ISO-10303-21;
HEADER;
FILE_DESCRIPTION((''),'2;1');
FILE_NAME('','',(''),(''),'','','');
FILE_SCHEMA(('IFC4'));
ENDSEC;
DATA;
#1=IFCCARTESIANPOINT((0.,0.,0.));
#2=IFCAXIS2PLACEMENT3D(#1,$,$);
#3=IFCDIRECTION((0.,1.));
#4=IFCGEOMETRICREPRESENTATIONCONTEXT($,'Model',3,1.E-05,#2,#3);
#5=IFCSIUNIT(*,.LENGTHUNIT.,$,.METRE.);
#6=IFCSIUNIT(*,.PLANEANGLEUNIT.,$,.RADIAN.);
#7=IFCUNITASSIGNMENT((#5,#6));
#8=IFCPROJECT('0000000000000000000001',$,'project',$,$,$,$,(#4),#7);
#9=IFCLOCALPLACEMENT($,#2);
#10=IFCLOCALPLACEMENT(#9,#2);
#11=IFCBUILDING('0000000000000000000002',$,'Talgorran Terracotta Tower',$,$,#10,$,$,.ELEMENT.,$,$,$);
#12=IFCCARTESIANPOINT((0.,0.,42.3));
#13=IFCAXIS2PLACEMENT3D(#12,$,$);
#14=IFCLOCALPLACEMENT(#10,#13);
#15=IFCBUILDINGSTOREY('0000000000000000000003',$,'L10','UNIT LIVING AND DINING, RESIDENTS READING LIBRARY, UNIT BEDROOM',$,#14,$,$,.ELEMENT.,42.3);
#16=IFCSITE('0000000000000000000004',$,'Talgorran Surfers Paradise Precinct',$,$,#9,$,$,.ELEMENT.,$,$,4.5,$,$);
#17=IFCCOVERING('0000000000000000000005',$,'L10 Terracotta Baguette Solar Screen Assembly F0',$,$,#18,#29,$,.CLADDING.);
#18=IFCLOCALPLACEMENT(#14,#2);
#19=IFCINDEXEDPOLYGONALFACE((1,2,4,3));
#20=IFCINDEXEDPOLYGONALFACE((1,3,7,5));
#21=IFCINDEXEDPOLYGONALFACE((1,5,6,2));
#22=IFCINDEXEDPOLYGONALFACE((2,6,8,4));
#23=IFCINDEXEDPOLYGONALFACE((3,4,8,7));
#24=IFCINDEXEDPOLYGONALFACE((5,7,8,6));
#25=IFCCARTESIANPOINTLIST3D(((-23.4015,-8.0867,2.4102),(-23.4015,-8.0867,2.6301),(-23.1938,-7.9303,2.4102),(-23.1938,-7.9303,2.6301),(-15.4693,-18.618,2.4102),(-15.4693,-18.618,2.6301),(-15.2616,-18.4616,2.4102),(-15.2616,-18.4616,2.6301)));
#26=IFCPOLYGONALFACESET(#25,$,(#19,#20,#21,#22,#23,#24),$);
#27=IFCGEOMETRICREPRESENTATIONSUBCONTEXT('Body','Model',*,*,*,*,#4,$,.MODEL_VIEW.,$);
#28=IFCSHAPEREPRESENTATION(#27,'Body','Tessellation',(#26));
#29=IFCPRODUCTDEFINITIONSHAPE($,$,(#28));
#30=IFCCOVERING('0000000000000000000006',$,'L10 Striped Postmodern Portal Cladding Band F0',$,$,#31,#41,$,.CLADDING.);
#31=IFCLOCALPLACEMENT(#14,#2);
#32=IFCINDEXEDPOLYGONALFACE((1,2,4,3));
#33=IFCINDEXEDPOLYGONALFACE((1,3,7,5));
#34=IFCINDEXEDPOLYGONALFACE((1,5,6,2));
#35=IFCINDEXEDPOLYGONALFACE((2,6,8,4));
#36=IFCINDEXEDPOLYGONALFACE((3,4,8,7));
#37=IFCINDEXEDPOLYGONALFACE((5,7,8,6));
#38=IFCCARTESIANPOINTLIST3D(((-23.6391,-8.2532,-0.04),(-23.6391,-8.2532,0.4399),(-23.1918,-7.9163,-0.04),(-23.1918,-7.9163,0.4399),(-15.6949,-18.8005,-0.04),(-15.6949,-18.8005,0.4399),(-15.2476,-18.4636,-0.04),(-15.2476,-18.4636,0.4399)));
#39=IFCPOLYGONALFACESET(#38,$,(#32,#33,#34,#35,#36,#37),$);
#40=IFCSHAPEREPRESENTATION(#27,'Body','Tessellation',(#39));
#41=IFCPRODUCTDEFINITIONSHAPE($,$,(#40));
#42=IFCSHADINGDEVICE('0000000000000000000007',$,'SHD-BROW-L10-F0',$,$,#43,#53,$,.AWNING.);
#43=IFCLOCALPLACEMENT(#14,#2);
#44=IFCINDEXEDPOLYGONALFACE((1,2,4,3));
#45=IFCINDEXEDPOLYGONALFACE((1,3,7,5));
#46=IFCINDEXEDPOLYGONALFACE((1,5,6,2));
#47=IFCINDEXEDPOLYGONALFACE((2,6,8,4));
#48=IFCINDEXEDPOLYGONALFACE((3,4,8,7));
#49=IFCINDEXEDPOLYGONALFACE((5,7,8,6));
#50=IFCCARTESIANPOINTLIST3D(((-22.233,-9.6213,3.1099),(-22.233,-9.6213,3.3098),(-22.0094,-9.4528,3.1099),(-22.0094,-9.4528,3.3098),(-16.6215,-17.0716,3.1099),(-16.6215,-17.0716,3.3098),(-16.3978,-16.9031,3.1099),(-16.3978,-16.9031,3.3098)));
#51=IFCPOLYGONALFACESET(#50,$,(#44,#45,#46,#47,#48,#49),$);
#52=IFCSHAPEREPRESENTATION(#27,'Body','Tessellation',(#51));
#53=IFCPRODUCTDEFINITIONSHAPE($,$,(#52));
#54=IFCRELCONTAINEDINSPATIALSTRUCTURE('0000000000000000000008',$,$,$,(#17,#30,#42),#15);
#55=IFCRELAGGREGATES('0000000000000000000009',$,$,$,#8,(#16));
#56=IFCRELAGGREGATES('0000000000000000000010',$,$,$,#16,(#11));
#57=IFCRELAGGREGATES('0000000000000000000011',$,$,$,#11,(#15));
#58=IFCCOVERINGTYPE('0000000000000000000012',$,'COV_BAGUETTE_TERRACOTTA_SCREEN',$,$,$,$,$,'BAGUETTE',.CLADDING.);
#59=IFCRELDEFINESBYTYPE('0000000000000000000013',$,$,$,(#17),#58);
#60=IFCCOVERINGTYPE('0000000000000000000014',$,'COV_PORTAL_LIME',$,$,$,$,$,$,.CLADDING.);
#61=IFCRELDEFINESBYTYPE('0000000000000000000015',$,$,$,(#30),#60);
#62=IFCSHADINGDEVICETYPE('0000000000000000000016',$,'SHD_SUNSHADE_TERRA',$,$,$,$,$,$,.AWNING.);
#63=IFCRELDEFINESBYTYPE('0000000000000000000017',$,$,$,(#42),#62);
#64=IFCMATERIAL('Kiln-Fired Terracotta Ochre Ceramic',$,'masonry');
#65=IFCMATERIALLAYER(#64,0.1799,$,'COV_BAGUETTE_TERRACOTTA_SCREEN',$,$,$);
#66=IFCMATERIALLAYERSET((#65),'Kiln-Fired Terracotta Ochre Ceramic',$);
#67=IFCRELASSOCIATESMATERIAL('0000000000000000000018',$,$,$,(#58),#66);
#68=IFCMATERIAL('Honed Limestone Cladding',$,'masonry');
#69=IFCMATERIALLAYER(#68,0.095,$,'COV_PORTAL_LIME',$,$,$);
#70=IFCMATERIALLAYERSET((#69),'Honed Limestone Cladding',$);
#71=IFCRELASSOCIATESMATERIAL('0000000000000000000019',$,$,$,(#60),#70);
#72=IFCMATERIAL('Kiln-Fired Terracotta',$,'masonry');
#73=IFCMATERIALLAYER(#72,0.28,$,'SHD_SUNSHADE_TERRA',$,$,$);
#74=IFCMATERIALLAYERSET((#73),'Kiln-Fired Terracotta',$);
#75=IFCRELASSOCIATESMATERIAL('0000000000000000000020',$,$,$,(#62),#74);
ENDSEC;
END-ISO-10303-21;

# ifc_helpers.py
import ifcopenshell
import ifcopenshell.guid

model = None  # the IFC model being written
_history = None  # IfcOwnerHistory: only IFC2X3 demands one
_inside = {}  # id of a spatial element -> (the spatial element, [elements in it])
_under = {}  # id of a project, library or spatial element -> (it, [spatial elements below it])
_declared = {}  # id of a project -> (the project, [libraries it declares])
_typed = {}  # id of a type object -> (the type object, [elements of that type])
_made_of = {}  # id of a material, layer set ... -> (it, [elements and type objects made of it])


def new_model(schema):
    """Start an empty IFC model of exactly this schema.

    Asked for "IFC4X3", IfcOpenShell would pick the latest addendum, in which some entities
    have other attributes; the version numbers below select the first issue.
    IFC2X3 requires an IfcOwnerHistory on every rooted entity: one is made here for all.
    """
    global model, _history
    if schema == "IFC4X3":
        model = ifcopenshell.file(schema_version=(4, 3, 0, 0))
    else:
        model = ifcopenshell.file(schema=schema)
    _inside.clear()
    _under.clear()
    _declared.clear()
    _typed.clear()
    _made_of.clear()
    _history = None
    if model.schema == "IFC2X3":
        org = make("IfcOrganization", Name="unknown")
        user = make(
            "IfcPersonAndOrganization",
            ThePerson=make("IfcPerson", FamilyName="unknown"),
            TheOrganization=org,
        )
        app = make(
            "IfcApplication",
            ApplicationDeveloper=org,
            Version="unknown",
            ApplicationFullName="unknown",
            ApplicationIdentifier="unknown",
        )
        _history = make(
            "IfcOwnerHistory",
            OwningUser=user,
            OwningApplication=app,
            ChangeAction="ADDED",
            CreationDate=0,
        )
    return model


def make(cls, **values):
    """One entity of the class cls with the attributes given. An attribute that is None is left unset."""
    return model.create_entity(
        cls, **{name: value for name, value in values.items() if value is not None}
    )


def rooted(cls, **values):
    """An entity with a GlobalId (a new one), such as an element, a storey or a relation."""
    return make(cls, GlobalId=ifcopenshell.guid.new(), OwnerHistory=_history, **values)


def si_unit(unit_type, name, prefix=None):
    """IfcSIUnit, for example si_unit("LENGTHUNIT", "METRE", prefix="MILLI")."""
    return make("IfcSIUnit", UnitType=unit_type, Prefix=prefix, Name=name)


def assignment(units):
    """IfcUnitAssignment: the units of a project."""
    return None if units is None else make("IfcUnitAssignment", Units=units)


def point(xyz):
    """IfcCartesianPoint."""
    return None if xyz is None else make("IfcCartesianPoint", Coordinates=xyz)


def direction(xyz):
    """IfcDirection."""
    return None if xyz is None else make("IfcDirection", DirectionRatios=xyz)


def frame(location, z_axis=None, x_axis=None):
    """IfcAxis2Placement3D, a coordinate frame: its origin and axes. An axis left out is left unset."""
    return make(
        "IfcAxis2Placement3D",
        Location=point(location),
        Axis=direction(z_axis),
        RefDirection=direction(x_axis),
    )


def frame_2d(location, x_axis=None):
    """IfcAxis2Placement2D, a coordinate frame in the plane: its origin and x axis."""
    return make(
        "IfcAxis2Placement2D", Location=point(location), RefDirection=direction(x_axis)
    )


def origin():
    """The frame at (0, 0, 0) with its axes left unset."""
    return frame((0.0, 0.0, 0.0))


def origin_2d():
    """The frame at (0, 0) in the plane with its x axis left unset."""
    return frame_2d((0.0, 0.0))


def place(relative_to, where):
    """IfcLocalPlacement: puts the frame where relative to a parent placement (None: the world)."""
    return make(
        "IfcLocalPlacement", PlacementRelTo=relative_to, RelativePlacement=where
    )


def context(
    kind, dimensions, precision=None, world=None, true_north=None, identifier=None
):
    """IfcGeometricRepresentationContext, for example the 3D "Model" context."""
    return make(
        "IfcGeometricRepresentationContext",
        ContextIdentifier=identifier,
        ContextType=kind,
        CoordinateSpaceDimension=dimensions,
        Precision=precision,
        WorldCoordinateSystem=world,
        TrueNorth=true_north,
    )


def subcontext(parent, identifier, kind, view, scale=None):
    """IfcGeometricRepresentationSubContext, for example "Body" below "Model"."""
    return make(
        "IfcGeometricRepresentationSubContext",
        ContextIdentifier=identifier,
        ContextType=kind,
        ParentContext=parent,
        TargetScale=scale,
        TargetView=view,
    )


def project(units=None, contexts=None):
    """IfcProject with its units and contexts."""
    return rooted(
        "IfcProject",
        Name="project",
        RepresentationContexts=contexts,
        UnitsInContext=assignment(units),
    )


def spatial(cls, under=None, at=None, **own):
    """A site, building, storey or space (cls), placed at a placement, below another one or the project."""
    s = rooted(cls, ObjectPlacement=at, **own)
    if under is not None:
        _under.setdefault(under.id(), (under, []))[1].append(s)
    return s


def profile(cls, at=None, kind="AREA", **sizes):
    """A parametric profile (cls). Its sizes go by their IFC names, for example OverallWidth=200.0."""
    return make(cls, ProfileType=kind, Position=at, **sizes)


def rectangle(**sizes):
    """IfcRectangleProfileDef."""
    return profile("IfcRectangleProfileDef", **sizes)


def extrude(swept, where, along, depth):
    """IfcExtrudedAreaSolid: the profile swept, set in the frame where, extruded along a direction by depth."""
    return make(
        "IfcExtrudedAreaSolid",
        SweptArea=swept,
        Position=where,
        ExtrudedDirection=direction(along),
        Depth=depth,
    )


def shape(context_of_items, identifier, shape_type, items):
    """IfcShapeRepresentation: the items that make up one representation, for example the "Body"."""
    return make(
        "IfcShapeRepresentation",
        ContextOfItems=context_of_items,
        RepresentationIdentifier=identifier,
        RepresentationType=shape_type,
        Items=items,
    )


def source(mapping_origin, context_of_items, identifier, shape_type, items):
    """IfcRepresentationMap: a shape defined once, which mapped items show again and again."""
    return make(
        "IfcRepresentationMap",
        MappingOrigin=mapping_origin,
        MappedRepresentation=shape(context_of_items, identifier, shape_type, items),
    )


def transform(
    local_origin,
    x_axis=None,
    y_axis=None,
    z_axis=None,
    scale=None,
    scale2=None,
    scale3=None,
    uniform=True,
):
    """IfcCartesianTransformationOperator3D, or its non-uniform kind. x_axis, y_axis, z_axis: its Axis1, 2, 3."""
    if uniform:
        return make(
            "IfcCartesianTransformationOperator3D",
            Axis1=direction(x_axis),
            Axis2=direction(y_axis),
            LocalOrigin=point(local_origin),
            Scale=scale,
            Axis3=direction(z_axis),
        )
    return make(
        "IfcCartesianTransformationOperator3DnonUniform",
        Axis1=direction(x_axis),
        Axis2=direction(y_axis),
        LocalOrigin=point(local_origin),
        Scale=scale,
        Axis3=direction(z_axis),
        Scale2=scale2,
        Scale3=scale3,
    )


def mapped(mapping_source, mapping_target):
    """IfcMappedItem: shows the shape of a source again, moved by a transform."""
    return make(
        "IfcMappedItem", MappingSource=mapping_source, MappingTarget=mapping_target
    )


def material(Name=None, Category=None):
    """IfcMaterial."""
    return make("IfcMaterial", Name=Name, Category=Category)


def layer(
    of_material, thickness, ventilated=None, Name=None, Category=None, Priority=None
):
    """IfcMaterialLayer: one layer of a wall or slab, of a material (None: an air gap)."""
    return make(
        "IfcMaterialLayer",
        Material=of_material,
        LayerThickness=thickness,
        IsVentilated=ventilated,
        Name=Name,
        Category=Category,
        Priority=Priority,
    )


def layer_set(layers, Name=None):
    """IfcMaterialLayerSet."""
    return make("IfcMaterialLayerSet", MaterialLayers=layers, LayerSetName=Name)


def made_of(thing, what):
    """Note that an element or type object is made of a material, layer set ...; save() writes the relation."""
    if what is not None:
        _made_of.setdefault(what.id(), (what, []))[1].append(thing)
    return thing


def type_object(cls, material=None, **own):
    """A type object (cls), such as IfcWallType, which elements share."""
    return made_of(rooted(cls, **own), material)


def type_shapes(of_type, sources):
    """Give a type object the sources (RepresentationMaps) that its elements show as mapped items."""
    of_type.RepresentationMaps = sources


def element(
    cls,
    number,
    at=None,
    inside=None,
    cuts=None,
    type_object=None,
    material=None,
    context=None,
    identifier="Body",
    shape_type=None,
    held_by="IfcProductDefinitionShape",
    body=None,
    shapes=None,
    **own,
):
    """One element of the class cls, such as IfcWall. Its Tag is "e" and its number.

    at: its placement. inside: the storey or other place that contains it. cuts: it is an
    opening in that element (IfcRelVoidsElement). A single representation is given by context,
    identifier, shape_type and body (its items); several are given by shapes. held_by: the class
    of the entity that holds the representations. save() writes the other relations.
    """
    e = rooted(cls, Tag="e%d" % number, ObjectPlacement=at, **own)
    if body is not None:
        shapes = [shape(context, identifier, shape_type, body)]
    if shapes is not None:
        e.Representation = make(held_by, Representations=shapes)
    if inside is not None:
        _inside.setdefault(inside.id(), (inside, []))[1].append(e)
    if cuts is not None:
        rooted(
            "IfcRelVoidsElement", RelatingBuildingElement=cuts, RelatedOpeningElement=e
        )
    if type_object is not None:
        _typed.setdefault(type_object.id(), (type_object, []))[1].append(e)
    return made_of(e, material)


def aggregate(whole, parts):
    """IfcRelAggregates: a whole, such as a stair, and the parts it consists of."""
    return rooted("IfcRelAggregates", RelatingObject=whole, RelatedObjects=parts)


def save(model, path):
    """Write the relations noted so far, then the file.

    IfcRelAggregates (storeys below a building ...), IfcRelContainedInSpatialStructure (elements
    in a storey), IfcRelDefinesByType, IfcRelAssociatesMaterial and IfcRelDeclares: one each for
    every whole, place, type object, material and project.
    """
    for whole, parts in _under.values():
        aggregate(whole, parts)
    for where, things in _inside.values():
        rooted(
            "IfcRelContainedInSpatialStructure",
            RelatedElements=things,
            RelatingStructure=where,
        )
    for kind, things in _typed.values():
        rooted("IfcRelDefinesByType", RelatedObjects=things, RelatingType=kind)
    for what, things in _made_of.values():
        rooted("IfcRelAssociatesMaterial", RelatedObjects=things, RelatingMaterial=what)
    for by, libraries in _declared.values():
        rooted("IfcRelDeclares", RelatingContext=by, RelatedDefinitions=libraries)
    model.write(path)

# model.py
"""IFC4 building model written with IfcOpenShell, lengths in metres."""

from ifc_helpers import new_model, si_unit, direction, frame, origin, origin_2d, place, context, subcontext, project, spatial, rectangle, extrude, source, transform, mapped, material, layer, layer_set, type_object, type_shapes, element, save


model = new_model("IFC4")

# Units and contexts
model_context = context("Model", 3, precision=1e-05, world=origin(), true_north=direction((0.0, 1.0)))
body_context = subcontext(model_context, "Body", "Model", "MODEL_VIEW")
ifc_project = project(units=[si_unit("LENGTHUNIT", "METRE"), si_unit("PLANEANGLEUNIT", "RADIAN")], contexts=[model_context])

# Site, building, storey
site_placement = place(None, origin())
site = spatial("IfcSite", under=ifc_project, at=site_placement, Name="Talgorran Surfers Paradise Precinct", CompositionType="ELEMENT", RefElevation=4.5)
building_placement = place(site_placement, origin())
building = spatial("IfcBuilding", under=site, at=building_placement, Name="Talgorran Terracotta Tower", CompositionType="ELEMENT")
storey_placement = place(building_placement, frame((0.0, 0.0, 42.3)))
storey = spatial("IfcBuildingStorey", under=building, at=storey_placement, Name="L10", Description="UNIT LIVING AND DINING, RESIDENTS READING LIBRARY, UNIT BEDROOM", CompositionType="ELEMENT", Elevation=42.3)

# Coverings
ifc_material_1 = material(Name="Kiln-Fired Terracotta Ochre Ceramic", Category="masonry")
ifc_layer_1 = layer(ifc_material_1, 0.1799, Name="COV_BAGUETTE_TERRACOTTA_SCREEN")
ifc_layer_set_1 = layer_set([ifc_layer_1], Name="Kiln-Fired Terracotta Ochre Ceramic")
covering_type_1 = type_object("IfcCoveringType", Name="COV_BAGUETTE_TERRACOTTA_SCREEN", ElementType="BAGUETTE", PredefinedType="CLADDING", material=ifc_layer_set_1)
covering_1_placement = place(storey_placement, frame((-19.3315, -13.2742, 2.4102), z_axis=(0.0, 0.0, 1.0), x_axis=(0.601634, -0.798772, 0.0)))
element("IfcCovering", 1, at=covering_1_placement, inside=storey, type_object=covering_type_1, Name="L10 Terracotta Baguette Solar Screen Assembly F0", PredefinedType="CLADDING", context=body_context, shape_type="SweptSolid", body=[
    extrude(rectangle(XDim=13.1843, YDim=0.26, at=origin_2d()), origin(), (0.0, 0.0, 1.0), 0.22),
])
ifc_material_2 = material(Name="Honed Limestone Cladding", Category="masonry")
ifc_layer_2 = layer(ifc_material_2, 0.095, Name="COV_PORTAL_LIME")
ifc_layer_set_2 = layer_set([ifc_layer_2], Name="Honed Limestone Cladding")
covering_type_2 = type_object("IfcCoveringType", Name="COV_PORTAL_LIME", PredefinedType="CLADDING", material=ifc_layer_set_2)
covering_2_placement = place(storey_placement, frame((-19.4434, -13.3584, -0.04), z_axis=(0.0, 0.0, 1.0), x_axis=(0.601634, -0.798772, 0.0)))
element("IfcCovering", 2, at=covering_2_placement, inside=storey, type_object=covering_type_2, Name="L10 Striped Postmodern Portal Cladding Band F0", PredefinedType="CLADDING", context=body_context, shape_type="SweptSolid", body=[
    extrude(rectangle(XDim=13.2043, YDim=0.5601, at=origin_2d()), origin(), (0.0, 0.0, 1.0), 0.48),
])

# Shading device
ifc_material_3 = material(Name="Kiln-Fired Terracotta", Category="masonry")
ifc_layer_3 = layer(ifc_material_3, 0.28, Name="SHD_SUNSHADE_TERRA")
ifc_layer_set_3 = layer_set([ifc_layer_3], Name="Kiln-Fired Terracotta")
shading_device_type = type_object("IfcShadingDeviceType", Name="SHD_SUNSHADE_TERRA", PredefinedType="AWNING", material=ifc_layer_set_3)
shared_shape_1 = source(origin(), body_context, "Body", "SweptSolid", [
    extrude(rectangle(XDim=9.3271, YDim=0.28, at=origin_2d()), origin(), (0.0, 0.0, 1.0), 0.2),
])
type_shapes(shading_device_type, [shared_shape_1])
shading_device_placement = place(storey_placement, frame((-19.3154, -13.2622, 3.1099), z_axis=(0.0, 0.0, 1.0), x_axis=(0.601634, -0.798772, 0.0)))
element("IfcShadingDevice", 3, at=shading_device_placement, inside=storey, type_object=shading_device_type, Name="SHD-BROW-L10-F0", PredefinedType="AWNING", context=body_context, shape_type="MappedRepresentation", body=[
    mapped(shared_shape_1, transform((0.0, 0.0, 0.0), scale=1.0)),
])

save(model, "model.ifc")
